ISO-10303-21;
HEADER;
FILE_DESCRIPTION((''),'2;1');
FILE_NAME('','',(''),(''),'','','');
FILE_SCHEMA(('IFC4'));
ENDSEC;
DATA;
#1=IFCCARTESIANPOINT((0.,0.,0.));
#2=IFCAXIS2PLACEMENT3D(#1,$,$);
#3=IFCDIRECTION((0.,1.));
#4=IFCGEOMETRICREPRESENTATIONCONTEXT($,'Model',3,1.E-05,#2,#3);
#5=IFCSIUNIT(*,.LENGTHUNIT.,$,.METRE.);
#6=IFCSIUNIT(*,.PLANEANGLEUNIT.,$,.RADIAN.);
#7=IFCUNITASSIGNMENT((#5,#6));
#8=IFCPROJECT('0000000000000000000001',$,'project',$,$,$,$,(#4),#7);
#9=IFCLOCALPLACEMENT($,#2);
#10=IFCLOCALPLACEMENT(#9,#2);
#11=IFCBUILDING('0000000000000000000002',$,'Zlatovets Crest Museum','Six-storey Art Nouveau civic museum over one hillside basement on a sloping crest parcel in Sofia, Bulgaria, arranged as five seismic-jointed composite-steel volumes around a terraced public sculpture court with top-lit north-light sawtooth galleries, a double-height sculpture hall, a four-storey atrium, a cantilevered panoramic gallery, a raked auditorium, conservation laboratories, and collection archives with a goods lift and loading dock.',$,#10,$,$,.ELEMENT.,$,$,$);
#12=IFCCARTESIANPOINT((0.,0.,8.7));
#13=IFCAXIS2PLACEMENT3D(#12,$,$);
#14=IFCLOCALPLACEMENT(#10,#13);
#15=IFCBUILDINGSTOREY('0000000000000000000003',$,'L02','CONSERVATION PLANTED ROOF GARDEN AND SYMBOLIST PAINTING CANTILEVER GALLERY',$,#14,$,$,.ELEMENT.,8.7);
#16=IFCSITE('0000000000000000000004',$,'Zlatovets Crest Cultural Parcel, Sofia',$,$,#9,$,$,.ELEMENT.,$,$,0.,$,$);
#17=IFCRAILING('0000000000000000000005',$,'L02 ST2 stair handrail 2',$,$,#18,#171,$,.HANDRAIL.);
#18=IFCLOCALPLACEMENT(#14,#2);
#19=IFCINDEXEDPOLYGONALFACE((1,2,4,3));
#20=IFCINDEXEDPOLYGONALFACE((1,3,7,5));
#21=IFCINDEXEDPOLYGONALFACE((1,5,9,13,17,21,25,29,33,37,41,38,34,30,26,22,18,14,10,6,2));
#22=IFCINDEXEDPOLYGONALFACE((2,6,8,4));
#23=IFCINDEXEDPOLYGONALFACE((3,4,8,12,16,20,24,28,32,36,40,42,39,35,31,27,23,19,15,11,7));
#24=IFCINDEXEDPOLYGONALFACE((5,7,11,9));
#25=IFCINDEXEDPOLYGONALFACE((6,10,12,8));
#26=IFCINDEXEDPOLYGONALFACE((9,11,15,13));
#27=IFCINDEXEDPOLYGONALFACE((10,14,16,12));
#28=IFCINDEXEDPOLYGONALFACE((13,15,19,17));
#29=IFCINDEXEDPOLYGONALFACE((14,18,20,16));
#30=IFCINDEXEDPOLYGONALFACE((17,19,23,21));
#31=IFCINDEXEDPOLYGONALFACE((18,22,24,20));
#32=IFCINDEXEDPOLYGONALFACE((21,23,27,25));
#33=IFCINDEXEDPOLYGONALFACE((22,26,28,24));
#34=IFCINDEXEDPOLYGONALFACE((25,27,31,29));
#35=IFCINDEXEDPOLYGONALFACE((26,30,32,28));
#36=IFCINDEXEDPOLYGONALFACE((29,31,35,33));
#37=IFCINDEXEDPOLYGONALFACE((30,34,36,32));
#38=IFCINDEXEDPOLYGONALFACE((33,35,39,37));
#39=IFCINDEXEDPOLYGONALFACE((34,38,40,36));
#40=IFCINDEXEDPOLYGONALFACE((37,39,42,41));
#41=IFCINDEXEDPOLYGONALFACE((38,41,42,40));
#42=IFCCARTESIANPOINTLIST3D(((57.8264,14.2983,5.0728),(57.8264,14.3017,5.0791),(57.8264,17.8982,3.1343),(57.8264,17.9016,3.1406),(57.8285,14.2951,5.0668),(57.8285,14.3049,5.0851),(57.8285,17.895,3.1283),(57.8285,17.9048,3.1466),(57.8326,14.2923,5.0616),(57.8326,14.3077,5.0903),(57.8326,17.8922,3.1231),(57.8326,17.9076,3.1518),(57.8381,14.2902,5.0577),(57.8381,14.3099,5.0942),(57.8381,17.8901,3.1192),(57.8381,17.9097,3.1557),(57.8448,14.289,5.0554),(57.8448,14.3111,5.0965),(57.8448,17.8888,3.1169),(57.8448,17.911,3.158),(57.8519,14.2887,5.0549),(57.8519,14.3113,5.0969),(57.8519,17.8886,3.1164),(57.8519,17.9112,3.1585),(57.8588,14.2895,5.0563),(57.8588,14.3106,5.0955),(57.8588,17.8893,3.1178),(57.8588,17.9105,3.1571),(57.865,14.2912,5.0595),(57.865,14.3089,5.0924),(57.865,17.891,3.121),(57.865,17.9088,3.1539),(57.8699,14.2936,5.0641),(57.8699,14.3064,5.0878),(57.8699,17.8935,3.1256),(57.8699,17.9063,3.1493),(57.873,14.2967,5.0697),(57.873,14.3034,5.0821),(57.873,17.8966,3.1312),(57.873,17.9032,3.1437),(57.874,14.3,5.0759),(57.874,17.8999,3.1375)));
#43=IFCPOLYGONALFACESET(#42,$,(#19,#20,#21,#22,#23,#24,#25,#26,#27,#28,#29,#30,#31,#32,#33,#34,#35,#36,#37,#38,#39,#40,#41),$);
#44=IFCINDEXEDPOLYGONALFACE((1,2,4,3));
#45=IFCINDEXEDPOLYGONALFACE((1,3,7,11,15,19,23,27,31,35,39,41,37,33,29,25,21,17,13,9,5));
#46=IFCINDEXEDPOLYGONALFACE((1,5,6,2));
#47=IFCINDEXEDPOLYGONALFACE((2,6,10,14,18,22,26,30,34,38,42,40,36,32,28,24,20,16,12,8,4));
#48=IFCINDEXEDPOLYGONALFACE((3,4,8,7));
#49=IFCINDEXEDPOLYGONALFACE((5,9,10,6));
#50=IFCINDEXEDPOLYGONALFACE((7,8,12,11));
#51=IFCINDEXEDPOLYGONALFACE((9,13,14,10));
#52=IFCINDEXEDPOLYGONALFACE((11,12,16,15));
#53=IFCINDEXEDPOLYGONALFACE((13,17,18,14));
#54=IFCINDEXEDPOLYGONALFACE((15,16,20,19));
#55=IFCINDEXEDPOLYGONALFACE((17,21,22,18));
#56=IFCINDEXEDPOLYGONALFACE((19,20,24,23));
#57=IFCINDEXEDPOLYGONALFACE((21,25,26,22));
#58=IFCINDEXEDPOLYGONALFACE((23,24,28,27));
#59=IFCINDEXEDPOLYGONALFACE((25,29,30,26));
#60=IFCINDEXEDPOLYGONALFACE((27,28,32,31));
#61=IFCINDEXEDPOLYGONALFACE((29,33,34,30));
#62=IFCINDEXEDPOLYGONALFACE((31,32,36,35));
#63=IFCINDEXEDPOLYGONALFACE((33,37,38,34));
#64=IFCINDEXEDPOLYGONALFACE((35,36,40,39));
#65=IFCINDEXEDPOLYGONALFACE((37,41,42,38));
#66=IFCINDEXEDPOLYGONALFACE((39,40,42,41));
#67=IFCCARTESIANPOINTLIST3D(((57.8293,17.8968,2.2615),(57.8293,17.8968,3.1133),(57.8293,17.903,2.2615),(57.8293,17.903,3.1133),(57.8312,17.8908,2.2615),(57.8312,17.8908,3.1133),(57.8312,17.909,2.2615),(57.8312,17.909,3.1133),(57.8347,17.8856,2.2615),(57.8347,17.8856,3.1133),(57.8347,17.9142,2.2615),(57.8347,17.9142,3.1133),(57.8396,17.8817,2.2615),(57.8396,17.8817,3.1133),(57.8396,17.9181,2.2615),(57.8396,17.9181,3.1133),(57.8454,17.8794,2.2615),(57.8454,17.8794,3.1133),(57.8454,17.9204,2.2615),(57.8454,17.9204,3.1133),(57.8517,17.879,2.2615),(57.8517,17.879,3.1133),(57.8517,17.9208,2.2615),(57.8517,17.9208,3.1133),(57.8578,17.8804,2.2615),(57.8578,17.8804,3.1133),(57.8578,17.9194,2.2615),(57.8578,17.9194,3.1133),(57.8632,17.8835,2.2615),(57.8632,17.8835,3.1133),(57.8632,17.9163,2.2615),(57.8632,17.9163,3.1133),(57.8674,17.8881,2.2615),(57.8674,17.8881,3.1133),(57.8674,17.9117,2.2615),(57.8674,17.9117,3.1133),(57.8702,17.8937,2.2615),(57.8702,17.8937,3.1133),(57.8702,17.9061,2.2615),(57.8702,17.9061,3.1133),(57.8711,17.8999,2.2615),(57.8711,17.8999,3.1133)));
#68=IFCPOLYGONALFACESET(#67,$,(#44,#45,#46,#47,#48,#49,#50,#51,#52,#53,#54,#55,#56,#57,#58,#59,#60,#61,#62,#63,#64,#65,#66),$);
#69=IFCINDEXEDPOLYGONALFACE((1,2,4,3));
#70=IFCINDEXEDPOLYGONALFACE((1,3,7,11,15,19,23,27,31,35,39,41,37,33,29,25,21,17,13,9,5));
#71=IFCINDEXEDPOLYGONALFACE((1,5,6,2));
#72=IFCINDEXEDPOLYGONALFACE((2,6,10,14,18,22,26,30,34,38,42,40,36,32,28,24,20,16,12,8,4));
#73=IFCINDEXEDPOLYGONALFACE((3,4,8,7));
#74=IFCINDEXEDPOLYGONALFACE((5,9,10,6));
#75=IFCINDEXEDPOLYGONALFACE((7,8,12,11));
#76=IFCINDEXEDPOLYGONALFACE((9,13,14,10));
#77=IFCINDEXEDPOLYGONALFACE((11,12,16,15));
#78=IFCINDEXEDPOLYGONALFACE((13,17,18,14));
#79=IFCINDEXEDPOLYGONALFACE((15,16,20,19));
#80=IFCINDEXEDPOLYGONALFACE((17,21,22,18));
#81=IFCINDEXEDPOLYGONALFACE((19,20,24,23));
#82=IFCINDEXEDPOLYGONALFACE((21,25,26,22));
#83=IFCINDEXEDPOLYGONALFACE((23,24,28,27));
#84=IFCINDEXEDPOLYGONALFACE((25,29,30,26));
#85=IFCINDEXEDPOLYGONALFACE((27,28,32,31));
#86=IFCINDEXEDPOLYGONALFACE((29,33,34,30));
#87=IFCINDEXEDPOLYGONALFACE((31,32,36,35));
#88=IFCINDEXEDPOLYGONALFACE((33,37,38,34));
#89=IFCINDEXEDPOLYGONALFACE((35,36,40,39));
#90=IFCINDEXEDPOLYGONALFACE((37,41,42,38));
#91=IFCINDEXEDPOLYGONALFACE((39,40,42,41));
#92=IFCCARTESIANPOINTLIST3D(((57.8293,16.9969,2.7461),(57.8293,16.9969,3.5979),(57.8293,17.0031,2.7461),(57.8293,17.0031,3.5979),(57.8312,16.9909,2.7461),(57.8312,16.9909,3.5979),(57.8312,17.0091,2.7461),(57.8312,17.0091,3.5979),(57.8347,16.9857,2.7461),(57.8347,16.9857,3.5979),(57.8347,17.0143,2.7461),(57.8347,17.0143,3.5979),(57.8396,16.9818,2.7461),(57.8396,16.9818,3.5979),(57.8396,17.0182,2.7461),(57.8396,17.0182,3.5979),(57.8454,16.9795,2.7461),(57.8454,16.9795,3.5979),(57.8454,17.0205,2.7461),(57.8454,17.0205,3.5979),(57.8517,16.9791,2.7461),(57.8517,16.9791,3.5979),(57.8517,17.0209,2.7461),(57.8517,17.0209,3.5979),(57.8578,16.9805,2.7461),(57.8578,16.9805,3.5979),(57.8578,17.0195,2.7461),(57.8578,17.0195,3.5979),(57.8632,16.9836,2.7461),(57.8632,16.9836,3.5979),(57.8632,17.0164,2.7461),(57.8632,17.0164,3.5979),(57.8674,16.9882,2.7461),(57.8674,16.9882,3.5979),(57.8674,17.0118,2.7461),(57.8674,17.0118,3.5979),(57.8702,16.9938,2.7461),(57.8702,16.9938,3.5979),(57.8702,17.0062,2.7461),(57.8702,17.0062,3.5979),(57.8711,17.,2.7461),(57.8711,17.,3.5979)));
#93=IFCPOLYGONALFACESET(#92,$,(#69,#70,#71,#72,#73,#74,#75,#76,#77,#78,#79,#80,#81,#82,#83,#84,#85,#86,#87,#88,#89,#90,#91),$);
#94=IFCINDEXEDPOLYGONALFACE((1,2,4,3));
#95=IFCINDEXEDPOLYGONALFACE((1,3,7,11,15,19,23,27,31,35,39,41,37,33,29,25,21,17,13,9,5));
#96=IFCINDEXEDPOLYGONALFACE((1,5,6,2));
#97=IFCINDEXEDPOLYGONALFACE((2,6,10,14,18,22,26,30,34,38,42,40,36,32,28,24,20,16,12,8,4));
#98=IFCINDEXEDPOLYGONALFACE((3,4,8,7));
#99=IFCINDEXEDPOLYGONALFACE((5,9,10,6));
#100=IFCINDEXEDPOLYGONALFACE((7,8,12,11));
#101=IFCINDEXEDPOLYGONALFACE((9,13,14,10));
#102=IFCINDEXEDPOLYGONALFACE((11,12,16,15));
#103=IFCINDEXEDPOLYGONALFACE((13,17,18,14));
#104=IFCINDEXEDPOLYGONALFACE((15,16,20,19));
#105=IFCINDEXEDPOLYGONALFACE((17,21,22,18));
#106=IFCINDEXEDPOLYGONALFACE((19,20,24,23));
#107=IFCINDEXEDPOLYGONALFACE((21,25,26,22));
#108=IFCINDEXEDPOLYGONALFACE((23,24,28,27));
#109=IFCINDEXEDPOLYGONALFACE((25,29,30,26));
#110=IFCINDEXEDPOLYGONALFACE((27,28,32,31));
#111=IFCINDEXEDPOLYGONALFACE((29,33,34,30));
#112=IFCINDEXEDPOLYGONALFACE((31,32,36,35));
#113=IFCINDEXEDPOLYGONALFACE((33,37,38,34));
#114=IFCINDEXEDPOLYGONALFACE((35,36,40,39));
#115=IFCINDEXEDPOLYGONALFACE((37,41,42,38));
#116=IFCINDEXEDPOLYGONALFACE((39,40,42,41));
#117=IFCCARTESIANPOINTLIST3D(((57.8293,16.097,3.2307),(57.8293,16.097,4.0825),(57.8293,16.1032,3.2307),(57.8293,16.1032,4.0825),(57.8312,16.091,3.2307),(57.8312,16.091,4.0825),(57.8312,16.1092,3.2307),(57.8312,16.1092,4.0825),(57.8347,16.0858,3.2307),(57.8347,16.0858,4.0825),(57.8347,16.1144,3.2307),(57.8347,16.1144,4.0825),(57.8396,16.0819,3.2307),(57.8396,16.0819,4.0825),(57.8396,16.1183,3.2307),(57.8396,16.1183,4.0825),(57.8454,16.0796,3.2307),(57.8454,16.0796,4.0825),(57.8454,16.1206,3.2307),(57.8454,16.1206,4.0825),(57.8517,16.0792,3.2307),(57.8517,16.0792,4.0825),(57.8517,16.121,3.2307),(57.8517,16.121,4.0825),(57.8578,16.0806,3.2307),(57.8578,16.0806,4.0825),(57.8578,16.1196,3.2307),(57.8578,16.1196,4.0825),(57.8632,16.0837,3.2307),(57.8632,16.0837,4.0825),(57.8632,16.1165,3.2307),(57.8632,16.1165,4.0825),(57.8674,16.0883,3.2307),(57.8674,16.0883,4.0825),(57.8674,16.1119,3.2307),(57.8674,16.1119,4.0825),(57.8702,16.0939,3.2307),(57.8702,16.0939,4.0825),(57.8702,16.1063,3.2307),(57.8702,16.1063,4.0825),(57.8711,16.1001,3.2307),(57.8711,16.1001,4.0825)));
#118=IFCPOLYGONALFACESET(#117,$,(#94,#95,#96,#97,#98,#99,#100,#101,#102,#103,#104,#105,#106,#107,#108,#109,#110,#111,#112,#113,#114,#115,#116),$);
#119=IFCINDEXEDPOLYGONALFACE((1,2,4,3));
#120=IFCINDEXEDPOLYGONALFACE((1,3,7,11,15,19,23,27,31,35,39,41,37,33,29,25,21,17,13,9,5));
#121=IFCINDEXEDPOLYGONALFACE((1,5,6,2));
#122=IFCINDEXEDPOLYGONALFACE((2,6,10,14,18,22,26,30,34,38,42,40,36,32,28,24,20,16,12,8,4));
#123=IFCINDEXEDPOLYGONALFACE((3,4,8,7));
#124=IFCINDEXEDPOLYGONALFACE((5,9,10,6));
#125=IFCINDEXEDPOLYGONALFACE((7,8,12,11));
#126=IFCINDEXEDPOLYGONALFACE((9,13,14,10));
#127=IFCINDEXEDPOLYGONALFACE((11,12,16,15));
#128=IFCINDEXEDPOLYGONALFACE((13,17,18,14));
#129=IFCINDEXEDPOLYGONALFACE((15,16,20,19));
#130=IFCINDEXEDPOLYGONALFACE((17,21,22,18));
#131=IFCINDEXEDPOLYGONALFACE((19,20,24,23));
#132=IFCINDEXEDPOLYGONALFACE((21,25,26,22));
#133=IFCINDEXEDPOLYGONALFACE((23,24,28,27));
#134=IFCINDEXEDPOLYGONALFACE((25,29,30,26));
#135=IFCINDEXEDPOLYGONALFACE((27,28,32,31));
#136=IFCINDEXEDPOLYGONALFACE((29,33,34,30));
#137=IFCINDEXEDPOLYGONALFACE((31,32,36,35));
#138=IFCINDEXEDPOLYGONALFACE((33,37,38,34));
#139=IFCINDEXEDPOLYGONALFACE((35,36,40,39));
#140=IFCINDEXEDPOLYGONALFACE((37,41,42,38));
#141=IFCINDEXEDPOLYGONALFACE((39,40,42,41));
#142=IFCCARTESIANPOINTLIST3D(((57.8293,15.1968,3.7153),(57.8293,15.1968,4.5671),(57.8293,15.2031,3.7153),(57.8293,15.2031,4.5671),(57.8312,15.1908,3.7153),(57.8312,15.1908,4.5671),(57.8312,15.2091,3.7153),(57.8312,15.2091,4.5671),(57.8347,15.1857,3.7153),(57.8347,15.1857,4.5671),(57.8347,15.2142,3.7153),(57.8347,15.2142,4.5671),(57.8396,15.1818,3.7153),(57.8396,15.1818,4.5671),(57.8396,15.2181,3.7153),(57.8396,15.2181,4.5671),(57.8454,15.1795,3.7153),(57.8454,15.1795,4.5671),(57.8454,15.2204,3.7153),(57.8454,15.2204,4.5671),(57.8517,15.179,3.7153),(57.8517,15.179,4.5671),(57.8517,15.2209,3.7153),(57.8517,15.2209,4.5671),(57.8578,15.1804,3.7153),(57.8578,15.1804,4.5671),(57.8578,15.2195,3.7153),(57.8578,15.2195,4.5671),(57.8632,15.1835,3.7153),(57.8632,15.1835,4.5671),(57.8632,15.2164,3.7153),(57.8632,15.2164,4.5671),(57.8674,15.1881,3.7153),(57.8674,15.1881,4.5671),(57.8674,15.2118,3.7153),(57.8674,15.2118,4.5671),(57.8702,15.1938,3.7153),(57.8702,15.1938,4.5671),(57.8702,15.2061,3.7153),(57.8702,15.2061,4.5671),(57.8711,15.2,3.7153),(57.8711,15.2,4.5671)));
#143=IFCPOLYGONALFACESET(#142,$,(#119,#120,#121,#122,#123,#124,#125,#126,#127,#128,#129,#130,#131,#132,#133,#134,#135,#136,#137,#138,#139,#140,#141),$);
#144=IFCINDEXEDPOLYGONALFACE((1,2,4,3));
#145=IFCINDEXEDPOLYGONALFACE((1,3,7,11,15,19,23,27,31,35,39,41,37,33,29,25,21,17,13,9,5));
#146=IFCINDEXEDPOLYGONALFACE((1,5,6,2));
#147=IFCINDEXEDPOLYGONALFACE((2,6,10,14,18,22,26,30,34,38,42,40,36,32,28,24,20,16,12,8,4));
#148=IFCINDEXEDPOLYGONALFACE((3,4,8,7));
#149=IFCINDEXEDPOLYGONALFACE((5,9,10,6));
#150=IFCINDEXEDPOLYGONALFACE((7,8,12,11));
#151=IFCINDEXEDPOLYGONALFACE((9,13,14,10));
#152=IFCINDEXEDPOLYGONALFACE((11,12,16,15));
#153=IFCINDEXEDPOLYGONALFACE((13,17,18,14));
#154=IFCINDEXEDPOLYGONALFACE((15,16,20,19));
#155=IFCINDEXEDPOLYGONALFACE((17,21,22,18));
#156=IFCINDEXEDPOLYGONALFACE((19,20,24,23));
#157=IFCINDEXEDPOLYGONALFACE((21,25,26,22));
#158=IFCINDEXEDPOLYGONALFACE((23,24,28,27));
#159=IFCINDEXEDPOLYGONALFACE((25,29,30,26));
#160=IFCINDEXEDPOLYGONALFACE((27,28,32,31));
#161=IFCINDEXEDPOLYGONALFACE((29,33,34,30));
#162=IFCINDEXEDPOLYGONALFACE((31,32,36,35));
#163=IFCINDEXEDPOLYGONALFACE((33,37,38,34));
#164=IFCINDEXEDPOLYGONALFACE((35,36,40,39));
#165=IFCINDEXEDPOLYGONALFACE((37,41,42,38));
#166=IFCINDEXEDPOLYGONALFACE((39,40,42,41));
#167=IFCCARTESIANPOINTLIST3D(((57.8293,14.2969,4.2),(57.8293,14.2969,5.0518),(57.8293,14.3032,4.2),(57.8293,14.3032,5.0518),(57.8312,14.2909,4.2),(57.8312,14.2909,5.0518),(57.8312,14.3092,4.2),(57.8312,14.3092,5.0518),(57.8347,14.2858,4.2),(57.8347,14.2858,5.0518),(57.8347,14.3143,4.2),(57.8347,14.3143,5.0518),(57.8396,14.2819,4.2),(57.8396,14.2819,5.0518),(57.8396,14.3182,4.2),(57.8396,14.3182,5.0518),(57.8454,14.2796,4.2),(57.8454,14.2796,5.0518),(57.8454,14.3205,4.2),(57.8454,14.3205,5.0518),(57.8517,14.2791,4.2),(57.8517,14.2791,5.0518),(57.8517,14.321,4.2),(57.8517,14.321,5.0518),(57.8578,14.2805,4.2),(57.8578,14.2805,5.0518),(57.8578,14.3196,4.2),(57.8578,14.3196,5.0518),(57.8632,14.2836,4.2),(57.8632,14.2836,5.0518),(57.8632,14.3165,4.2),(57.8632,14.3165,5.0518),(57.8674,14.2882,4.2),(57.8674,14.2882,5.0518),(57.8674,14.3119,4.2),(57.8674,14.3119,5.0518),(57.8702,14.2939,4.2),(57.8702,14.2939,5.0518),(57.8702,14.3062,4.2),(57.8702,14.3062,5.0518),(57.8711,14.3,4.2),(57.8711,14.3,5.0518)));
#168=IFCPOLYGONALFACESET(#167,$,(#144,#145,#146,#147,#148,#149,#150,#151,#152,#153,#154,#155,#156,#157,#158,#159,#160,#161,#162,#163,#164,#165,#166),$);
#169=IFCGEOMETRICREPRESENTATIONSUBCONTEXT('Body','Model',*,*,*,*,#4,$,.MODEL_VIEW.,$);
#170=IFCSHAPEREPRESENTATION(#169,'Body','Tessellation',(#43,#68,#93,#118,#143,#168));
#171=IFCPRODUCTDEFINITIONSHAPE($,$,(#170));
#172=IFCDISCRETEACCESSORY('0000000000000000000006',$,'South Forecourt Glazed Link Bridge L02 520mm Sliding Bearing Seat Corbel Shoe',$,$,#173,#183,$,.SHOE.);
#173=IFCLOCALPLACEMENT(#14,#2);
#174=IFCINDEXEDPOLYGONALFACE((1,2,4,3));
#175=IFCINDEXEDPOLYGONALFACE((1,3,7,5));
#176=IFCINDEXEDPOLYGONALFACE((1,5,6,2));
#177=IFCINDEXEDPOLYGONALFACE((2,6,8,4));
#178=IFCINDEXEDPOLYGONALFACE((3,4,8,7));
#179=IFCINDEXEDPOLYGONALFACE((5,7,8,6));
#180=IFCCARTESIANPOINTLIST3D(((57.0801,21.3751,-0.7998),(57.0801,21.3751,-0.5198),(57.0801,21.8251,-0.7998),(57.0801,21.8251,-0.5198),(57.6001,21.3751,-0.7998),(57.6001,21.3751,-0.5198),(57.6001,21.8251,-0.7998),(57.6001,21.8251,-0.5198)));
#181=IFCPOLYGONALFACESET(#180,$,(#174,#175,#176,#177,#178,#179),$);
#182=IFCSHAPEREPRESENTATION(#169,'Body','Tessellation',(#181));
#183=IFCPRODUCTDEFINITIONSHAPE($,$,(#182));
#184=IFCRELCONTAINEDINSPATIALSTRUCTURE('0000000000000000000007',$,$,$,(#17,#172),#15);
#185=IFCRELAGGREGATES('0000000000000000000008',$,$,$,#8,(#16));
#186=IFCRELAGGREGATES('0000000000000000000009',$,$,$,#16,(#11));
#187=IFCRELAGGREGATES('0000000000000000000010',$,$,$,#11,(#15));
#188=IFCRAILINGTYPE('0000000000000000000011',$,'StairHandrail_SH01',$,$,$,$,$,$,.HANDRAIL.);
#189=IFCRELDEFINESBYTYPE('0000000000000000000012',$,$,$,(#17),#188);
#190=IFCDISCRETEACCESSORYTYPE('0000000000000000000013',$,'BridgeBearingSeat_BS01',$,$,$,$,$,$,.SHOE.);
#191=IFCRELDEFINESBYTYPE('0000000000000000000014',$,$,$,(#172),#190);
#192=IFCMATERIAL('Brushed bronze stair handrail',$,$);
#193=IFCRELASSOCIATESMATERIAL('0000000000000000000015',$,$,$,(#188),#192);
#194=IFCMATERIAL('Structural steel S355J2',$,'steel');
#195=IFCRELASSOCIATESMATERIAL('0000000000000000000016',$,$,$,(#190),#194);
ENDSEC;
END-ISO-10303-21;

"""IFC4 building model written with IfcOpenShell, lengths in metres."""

from ifc_helpers import new_model, si_unit, direction, frame, origin, origin_2d, place, context, subcontext, project, spatial, rectangle, circle, extrude, material, type_object, element, save


model = new_model("IFC4")

# Units and contexts
model_context = context("Model", 3, precision=1e-05, world=origin(), true_north=direction((0.0, 1.0)))
body_context = subcontext(model_context, "Body", "Model", "MODEL_VIEW")
ifc_project = project(units=[si_unit("LENGTHUNIT", "METRE"), si_unit("PLANEANGLEUNIT", "RADIAN")], contexts=[model_context])

# Site, building, storey
site_placement = place(None, origin())
site = spatial("IfcSite", under=ifc_project, at=site_placement, Name="Zlatovets Crest Cultural Parcel, Sofia", CompositionType="ELEMENT", RefElevation=0.0)
building_placement = place(site_placement, origin())
building = spatial("IfcBuilding", under=site, at=building_placement, Name="Zlatovets Crest Museum", Description="Six-storey Art Nouveau civic museum over one hillside basement on a sloping crest parcel in Sofia, Bulgaria, arranged as five seismic-jointed composite-steel volumes around a terraced public sculpture court with top-lit north-light sawtooth galleries, a double-height sculpture hall, a four-storey atrium, a cantilevered panoramic gallery, a raked auditorium, conservation laboratories, and collection archives with a goods lift and loading dock.", CompositionType="ELEMENT")
storey_placement = place(building_placement, frame((0.0, 0.0, 8.7)))
storey = spatial("IfcBuildingStorey", under=building, at=storey_placement, Name="L02", Description="CONSERVATION PLANTED ROOF GARDEN AND SYMBOLIST PAINTING CANTILEVER GALLERY", CompositionType="ELEMENT", Elevation=8.7)

# Shared definitions
ifc_material_1 = material(Name="Structural steel S355J2", Category="steel")

# Railing
ifc_material_2 = material(Name="Brushed bronze stair handrail")
railing_type_1 = type_object("IfcRailingType", Name="StairHandrail_SH01", PredefinedType="HANDRAIL", material=ifc_material_2)
railing_1_placement = place(storey_placement, frame((57.8501, 17.8999, 2.2615)))
element("IfcRailing", 1, at=railing_1_placement, inside=storey, type_object=railing_type_1, Name="L02 ST2 stair handrail 2", PredefinedType="HANDRAIL", context=body_context, shape_type="SweptSolid", body=[
    extrude(circle(Radius=0.0239, at=origin_2d()), frame((0.0, 0.0, 0.876), z_axis=(0.0, -0.880462, 0.474118), x_axis=(1.0, 0.0, 0.0)), (0.0, 0.0, 1.0), 4.0886),
    extrude(circle(Radius=0.021, at=origin_2d()), origin(), (0.0, 0.0, 1.0), 0.8518),
    extrude(circle(Radius=0.021, at=origin_2d()), frame((0.0, -0.8999, 0.4846)), (0.0, 0.0, 1.0), 0.8518),
    extrude(circle(Radius=0.021, at=origin_2d()), frame((0.0, -1.7998, 0.9692)), (0.0, 0.0, 1.0), 0.8518),
    extrude(circle(Radius=0.021, at=origin_2d()), frame((0.0, -2.7, 1.4539)), (0.0, 0.0, 1.0), 0.8518),
    extrude(circle(Radius=0.021, at=origin_2d()), frame((0.0, -3.5999, 1.9385)), (0.0, 0.0, 1.0), 0.8518),
])

# Discrete accessory
discrete_accessory_type = type_object("IfcDiscreteAccessoryType", Name="BridgeBearingSeat_BS01", PredefinedType="SHOE", material=ifc_material_1)
discrete_accessory_placement = place(storey_placement, frame((57.3401, 21.6001, -0.7998), z_axis=(0.0, 0.0, 1.0), x_axis=(1.0, 0.0, 0.0)))
element("IfcDiscreteAccessory", 2, at=discrete_accessory_placement, inside=storey, type_object=discrete_accessory_type, Name="South Forecourt Glazed Link Bridge L02 520mm Sliding Bearing Seat Corbel Shoe", PredefinedType="SHOE", context=body_context, shape_type="SweptSolid", body=[
    extrude(rectangle(XDim=0.52, YDim=0.45, at=origin_2d()), origin(), (0.0, 0.0, 1.0), 0.28),
])

save(model, "model.ifc")
